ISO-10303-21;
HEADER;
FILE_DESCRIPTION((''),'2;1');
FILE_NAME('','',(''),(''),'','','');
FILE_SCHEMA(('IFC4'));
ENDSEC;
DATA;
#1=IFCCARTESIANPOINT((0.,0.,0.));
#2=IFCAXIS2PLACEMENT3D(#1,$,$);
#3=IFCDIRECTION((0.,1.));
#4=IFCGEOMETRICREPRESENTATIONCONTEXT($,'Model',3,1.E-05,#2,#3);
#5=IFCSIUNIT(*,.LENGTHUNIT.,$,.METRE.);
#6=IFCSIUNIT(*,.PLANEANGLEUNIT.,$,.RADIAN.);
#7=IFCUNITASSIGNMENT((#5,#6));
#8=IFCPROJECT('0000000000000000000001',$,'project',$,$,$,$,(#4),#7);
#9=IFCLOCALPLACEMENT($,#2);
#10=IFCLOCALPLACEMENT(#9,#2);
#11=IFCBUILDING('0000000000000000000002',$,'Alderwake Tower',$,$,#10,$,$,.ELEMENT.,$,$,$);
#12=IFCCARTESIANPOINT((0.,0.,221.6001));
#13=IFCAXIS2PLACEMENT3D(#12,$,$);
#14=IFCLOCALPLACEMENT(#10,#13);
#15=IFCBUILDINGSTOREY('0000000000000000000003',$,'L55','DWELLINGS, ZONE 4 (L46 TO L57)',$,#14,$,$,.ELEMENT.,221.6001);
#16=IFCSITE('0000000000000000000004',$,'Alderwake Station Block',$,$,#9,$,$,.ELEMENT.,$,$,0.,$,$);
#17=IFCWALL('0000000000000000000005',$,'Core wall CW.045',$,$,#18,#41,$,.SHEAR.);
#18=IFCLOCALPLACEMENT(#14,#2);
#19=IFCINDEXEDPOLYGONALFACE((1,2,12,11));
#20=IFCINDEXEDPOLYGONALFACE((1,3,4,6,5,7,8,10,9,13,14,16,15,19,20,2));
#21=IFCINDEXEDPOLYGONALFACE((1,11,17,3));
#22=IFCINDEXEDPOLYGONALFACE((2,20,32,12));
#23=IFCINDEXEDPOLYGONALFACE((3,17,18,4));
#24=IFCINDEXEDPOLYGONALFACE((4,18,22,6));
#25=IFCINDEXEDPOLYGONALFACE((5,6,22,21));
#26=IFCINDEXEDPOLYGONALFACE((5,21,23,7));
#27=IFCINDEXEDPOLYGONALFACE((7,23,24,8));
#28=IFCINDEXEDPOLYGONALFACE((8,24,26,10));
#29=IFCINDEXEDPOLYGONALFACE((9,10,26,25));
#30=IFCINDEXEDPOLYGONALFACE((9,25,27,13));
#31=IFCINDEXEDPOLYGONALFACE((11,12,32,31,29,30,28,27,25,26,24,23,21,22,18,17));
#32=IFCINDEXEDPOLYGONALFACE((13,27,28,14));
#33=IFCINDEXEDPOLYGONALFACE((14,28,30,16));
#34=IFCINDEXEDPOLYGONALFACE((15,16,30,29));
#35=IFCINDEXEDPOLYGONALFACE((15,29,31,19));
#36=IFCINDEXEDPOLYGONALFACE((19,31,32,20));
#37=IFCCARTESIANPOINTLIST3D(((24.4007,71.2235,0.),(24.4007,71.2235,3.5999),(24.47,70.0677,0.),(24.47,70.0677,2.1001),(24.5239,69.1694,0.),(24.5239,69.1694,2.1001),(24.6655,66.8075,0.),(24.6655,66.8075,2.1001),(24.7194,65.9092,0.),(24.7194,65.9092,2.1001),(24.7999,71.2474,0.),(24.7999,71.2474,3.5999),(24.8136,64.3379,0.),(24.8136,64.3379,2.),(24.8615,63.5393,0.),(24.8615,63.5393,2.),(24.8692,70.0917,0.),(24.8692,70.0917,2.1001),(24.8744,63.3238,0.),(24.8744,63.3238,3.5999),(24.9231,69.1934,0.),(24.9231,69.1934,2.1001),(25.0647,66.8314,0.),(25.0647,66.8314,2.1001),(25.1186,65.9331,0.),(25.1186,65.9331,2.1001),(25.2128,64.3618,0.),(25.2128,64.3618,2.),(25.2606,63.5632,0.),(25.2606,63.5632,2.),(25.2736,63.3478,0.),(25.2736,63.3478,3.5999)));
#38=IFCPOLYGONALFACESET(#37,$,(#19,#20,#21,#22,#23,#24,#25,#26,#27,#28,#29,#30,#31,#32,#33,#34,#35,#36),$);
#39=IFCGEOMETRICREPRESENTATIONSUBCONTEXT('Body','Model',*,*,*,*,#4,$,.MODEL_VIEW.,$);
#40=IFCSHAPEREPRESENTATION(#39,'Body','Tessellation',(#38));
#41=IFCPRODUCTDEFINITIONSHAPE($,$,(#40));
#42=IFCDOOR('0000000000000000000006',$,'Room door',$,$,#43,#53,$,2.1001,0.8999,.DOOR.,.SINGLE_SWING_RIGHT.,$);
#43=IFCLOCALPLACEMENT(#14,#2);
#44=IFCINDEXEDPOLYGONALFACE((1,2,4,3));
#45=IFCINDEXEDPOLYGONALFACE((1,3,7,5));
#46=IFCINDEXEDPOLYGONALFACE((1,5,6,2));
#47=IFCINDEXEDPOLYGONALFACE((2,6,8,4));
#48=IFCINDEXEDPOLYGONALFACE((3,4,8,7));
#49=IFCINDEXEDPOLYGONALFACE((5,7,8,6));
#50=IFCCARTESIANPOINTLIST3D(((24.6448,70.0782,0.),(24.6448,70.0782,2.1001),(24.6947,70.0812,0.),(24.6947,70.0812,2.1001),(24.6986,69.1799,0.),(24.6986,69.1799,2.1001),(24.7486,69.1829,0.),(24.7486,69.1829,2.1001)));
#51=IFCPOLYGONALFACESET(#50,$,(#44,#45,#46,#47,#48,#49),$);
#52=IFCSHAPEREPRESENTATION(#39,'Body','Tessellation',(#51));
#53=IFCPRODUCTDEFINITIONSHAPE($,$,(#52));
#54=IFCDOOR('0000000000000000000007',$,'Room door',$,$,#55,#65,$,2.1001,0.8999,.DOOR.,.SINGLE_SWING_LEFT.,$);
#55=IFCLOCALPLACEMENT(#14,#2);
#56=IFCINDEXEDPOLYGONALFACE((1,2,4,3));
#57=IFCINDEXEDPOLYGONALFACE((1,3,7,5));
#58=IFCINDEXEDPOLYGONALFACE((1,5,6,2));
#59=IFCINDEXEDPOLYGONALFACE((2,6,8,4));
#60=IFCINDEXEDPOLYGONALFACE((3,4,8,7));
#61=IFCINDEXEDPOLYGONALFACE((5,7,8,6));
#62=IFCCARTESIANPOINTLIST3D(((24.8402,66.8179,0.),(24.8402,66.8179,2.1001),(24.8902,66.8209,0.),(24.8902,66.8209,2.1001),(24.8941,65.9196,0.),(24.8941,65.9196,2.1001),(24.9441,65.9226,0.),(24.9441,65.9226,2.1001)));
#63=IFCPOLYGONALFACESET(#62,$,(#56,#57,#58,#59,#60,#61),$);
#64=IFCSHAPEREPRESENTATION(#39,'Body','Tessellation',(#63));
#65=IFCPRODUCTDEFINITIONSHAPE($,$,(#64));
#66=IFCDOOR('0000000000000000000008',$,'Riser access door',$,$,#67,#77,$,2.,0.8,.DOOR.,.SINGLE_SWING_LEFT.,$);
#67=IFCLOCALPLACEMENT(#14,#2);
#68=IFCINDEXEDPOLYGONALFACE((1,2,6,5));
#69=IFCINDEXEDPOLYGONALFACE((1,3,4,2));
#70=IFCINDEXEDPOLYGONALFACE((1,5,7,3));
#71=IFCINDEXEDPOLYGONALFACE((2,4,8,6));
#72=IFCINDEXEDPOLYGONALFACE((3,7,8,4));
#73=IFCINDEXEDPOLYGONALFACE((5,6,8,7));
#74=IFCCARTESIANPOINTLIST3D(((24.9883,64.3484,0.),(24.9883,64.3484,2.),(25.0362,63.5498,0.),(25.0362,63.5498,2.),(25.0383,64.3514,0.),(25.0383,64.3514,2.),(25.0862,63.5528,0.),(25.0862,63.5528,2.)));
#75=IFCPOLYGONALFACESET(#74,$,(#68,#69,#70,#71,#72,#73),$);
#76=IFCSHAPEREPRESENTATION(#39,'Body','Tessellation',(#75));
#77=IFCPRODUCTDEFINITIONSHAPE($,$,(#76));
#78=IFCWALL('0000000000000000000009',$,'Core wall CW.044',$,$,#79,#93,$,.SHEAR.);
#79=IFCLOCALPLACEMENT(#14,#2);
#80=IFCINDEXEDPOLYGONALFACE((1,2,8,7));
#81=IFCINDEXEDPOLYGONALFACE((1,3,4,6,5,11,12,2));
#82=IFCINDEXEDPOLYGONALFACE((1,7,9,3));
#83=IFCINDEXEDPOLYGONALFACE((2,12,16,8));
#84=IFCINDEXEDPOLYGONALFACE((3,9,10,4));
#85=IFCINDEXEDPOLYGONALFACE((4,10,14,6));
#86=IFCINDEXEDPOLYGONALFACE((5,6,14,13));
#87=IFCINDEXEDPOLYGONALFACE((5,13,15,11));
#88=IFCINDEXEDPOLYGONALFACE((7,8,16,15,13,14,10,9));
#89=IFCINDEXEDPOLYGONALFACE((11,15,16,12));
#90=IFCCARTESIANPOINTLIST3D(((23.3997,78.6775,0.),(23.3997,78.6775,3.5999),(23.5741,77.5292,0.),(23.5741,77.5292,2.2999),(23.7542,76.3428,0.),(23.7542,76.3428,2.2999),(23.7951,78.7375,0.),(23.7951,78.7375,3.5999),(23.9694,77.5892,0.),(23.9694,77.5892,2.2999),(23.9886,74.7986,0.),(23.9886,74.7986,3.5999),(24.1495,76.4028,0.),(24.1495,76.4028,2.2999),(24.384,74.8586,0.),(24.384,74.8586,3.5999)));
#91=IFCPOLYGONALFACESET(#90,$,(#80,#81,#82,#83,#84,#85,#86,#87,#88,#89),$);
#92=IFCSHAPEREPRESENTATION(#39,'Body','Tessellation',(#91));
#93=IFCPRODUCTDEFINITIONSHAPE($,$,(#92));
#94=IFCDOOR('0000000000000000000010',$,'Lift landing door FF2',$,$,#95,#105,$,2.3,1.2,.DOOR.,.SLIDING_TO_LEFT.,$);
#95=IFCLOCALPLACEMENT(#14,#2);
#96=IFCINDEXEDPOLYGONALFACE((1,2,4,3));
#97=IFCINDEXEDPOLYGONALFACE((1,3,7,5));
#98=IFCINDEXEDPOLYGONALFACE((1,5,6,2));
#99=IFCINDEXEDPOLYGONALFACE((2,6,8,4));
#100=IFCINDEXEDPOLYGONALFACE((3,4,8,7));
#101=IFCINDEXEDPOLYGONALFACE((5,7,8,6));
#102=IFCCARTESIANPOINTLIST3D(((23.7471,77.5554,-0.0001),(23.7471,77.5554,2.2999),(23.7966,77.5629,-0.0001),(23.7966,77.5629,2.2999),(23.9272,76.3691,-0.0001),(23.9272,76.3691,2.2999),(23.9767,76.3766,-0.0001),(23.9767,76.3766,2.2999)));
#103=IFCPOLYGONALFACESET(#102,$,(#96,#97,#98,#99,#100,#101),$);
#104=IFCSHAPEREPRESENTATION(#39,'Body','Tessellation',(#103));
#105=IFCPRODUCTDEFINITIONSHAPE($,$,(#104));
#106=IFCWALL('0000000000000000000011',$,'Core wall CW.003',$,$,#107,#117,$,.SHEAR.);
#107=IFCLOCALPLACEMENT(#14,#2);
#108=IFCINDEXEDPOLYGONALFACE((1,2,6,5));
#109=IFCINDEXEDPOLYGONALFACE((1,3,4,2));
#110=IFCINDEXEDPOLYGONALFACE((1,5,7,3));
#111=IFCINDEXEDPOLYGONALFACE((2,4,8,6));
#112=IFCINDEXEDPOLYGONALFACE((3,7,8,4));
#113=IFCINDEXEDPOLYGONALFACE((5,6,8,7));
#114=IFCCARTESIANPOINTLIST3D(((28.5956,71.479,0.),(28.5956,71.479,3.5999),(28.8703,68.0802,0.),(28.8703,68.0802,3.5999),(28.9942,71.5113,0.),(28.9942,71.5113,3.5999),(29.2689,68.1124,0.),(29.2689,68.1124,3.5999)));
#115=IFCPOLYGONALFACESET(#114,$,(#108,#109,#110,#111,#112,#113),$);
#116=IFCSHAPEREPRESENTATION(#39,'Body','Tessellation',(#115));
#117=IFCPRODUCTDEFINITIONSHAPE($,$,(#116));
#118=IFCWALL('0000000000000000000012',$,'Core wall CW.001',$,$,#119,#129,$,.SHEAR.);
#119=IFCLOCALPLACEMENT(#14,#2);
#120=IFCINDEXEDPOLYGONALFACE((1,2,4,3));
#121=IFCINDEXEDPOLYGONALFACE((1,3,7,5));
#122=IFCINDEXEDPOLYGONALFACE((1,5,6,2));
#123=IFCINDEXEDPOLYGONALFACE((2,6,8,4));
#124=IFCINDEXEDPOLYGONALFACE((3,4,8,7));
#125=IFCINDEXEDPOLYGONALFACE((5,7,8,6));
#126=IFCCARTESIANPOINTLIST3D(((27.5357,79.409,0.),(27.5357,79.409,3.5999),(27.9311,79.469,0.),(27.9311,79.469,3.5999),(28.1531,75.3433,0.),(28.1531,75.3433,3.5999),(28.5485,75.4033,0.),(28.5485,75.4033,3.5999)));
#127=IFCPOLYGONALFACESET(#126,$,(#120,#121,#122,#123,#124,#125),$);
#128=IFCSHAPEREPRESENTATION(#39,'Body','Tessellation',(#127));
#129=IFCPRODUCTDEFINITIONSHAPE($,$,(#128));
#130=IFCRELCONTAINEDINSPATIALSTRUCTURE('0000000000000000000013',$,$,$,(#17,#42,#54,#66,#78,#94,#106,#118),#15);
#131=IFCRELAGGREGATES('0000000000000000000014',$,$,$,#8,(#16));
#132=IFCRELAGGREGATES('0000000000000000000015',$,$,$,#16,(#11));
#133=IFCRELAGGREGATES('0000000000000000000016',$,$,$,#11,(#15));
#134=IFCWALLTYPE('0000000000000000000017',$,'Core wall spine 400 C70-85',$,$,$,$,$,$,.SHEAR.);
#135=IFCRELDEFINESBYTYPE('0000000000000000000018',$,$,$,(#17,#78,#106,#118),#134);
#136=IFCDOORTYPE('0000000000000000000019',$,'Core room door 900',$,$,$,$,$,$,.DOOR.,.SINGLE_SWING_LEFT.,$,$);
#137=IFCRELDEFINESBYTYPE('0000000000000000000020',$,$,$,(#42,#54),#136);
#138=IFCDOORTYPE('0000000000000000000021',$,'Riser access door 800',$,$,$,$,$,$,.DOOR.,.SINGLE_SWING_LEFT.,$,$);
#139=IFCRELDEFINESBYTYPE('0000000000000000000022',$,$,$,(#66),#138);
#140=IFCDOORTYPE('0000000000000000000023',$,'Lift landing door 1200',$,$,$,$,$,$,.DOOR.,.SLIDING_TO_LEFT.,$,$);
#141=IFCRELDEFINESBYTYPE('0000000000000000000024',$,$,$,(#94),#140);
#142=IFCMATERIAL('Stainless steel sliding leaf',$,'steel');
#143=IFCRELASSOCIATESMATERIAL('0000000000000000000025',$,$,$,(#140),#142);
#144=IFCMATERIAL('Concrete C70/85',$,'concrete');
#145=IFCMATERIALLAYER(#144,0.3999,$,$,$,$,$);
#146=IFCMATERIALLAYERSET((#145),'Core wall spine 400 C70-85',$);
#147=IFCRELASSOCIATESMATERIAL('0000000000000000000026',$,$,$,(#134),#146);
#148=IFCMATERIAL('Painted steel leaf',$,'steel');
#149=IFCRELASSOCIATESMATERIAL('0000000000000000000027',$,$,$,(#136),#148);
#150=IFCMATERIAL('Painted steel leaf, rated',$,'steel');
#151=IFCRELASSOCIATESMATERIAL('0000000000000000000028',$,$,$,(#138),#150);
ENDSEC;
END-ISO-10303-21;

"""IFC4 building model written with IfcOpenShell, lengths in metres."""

from ifc_helpers import new_model, si_unit, direction, frame, frame_2d, origin, place, context, subcontext, project, spatial, rectangle, extrude, material, layer, layer_set, type_object, element, fill, save


model = new_model("IFC4")

# Units and contexts
model_context = context("Model", 3, precision=1e-05, world=origin(), true_north=direction((0.0, 1.0)))
body_context = subcontext(model_context, "Body", "Model", "MODEL_VIEW")
ifc_project = project(units=[si_unit("LENGTHUNIT", "METRE"), si_unit("PLANEANGLEUNIT", "RADIAN")], contexts=[model_context])

# Site, building, storey
site_placement = place(None, origin())
site = spatial("IfcSite", under=ifc_project, at=site_placement, Name="Alderwake Station Block", CompositionType="ELEMENT", RefElevation=0.0)
building_placement = place(site_placement, origin())
building = spatial("IfcBuilding", under=site, at=building_placement, Name="Alderwake Tower", CompositionType="ELEMENT")
storey_placement = place(building_placement, frame((0.0, 0.0, 221.6001)))
storey = spatial("IfcBuildingStorey", under=building, at=storey_placement, Name="L55", Description="DWELLINGS, ZONE 4 (L46 TO L57)", CompositionType="ELEMENT", Elevation=221.6001)

# Shared definitions
ifc_material_1 = material(Name="Stainless steel sliding leaf", Category="steel")
door_type_1 = type_object("IfcDoorType", Name="Lift landing door 1200", OperationType="SLIDING_TO_LEFT", PredefinedType="DOOR", material=ifc_material_1)

# Wall, openings, doors
ifc_material_2 = material(Name="Concrete C70/85", Category="concrete")
ifc_layer_1 = layer(ifc_material_2, 0.3999)
ifc_layer_set_1 = layer_set([ifc_layer_1], Name="Core wall spine 400 C70-85")
wall_type_1 = type_object("IfcWallType", Name="Core wall spine 400 C70-85", PredefinedType="SHEAR", material=ifc_layer_set_1)
wall_1_placement = place(storey_placement, frame((25.074, 63.3357, 0.0), z_axis=(0.0, 0.0, 1.0), x_axis=(-0.059849, 0.998207, 0.0)))
wall_1 = element("IfcWall", 1, at=wall_1_placement, inside=storey, type_object=wall_type_1, Name="Core wall CW.045", PredefinedType="SHEAR", context=body_context, shape_type="SweptSolid", body=[
    extrude(rectangle(XDim=7.9138, YDim=0.3999, at=frame_2d((3.957, 0.0))), origin(), (0.0, 0.0, 1.0), 3.5999),
])
opening_1_placement = place(wall_1_placement, frame((0.2161, 0.0, 0.0)))
opening_1 = element("IfcOpeningElement", 2, at=opening_1_placement, cuts=wall_1, PredefinedType="OPENING", context=body_context, shape_type="SweptSolid", body=[
    extrude(rectangle(XDim=0.8, YDim=2.0, at=frame_2d((0.3999, 1.0))), frame((0.0, 0.21, 0.0), z_axis=(0.0, -1.0, 0.0), x_axis=(1.0, 0.0, 0.0)), (0.0, 0.0, 1.0), 0.4199),
])
opening_2_placement = place(wall_1_placement, frame((5.8562, 0.0, 0.0)))
opening_2 = element("IfcOpeningElement", 3, at=opening_2_placement, cuts=wall_1, PredefinedType="OPENING", context=body_context, shape_type="SweptSolid", body=[
    extrude(rectangle(XDim=0.8999, YDim=2.1001, at=frame_2d((0.45, 1.05))), frame((0.0, 0.21, 0.0), z_axis=(0.0, -1.0, 0.0), x_axis=(1.0, 0.0, 0.0)), (0.0, 0.0, 1.0), 0.4199),
])
opening_3_placement = place(wall_1_placement, frame((2.5901, 0.0, 0.0)))
opening_3 = element("IfcOpeningElement", 4, at=opening_3_placement, cuts=wall_1, PredefinedType="OPENING", context=body_context, shape_type="SweptSolid", body=[
    extrude(rectangle(XDim=0.8999, YDim=2.1001, at=frame_2d((0.45, 1.05))), frame((0.0, 0.21, 0.0), z_axis=(0.0, -1.0, 0.0), x_axis=(1.0, 0.0, 0.0)), (0.0, 0.0, 1.0), 0.4199),
])
ifc_material_3 = material(Name="Painted steel leaf", Category="steel")
door_type_2 = type_object("IfcDoorType", Name="Core room door 900", OperationType="SINGLE_SWING_LEFT", PredefinedType="DOOR", material=ifc_material_3)
door_1_placement = place(opening_2_placement, origin())
door_1 = element("IfcDoor", 5, at=door_1_placement, inside=storey, type_object=door_type_2, Name="Room door", OperationType="SINGLE_SWING_RIGHT", OverallHeight=2.1001, OverallWidth=0.8999, PredefinedType="DOOR", context=body_context, shape_type="SweptSolid", body=[
    extrude(rectangle(XDim=0.8999, YDim=2.1001, at=frame_2d((0.45, 1.05))), frame((0.0, 0.0249, 0.0), z_axis=(0.0, -1.0, 0.0), x_axis=(1.0, 0.0, 0.0)), (0.0, 0.0, 1.0), 0.05),
])
fill(opening_2, door_1)
door_2_placement = place(opening_3_placement, origin())
door_2 = element("IfcDoor", 6, at=door_2_placement, inside=storey, type_object=door_type_2, Name="Room door", OperationType="SINGLE_SWING_LEFT", OverallHeight=2.1001, OverallWidth=0.8999, PredefinedType="DOOR", context=body_context, shape_type="SweptSolid", body=[
    extrude(rectangle(XDim=0.8999, YDim=2.1001, at=frame_2d((0.45, 1.05))), frame((0.0, 0.0249, 0.0), z_axis=(0.0, -1.0, 0.0), x_axis=(1.0, 0.0, 0.0)), (0.0, 0.0, 1.0), 0.05),
])
fill(opening_3, door_2)
ifc_material_4 = material(Name="Painted steel leaf, rated", Category="steel")
door_type_3 = type_object("IfcDoorType", Name="Riser access door 800", OperationType="SINGLE_SWING_LEFT", PredefinedType="DOOR", material=ifc_material_4)
door_3_placement = place(opening_1_placement, origin())
door_3 = element("IfcDoor", 7, at=door_3_placement, inside=storey, type_object=door_type_3, Name="Riser access door", OperationType="SINGLE_SWING_LEFT", OverallHeight=2.0, OverallWidth=0.8, PredefinedType="DOOR", context=body_context, shape_type="SweptSolid", body=[
    extrude(rectangle(XDim=0.8, YDim=2.0, at=frame_2d((0.3999, 1.0))), frame((0.0, 0.0249, 0.0), z_axis=(0.0, -1.0, 0.0), x_axis=(1.0, 0.0, 0.0)), (0.0, 0.0, 1.0), 0.05),
])
fill(opening_1, door_3)

# Wall, opening, door
wall_2_placement = place(storey_placement, frame((24.1863, 74.8286, 0.0), z_axis=(0.0, 0.0, 1.0), x_axis=(-0.150093, 0.988672, 0.0)))
wall_2 = element("IfcWall", 8, at=wall_2_placement, inside=storey, type_object=wall_type_1, Name="Core wall CW.044", PredefinedType="SHEAR", context=body_context, shape_type="SweptSolid", body=[
    extrude(rectangle(XDim=3.9233, YDim=0.3999, at=frame_2d((1.9617, 0.0))), origin(), (0.0, 0.0, 1.0), 3.5999),
])
opening_4_placement = place(wall_2_placement, frame((1.5618, 0.0, 0.0)))
opening_4 = element("IfcOpeningElement", 9, at=opening_4_placement, cuts=wall_2, PredefinedType="OPENING", context=body_context, shape_type="SweptSolid", body=[
    extrude(rectangle(XDim=1.2, YDim=2.3, at=frame_2d((0.6001, 1.1499))), frame((0.0, 0.21, 0.0), z_axis=(0.0, -1.0, 0.0), x_axis=(1.0, 0.0, 0.0)), (0.0, 0.0, 1.0), 0.4199),
])
door_4_placement = place(opening_4_placement, origin())
door_4 = element("IfcDoor", 10, at=door_4_placement, inside=storey, type_object=door_type_1, Name="Lift landing door FF2", OperationType="SLIDING_TO_LEFT", OverallHeight=2.3, OverallWidth=1.2, PredefinedType="DOOR", context=body_context, shape_type="SweptSolid", body=[
    extrude(rectangle(XDim=1.2, YDim=2.3, at=frame_2d((0.6001, 1.1499))), frame((0.0, 0.0249, 0.0), z_axis=(0.0, -1.0, 0.0), x_axis=(1.0, 0.0, 0.0)), (0.0, 0.0, 1.0), 0.05),
])
fill(opening_4, door_4)

# Walls
wall_3_placement = place(storey_placement, frame((29.0696, 68.0962, 0.0), z_axis=(0.0, 0.0, 1.0), x_axis=(-0.080545, 0.996751, 0.0)))
element("IfcWall", 11, at=wall_3_placement, inside=storey, type_object=wall_type_1, Name="Core wall CW.003", PredefinedType="SHEAR", context=body_context, shape_type="SweptSolid", body=[
    extrude(rectangle(XDim=3.4099, YDim=0.3999, at=frame_2d((1.7051, 0.0))), origin(), (0.0, 0.0, 1.0), 3.5999),
])
wall_4_placement = place(storey_placement, frame((28.3508, 75.3733, 0.0), z_axis=(0.0, 0.0, 1.0), x_axis=(-0.150143, 0.988664, 0.0)))
element("IfcWall", 12, at=wall_4_placement, inside=storey, type_object=wall_type_1, Name="Core wall CW.001", PredefinedType="SHEAR", context=body_context, shape_type="SweptSolid", body=[
    extrude(rectangle(XDim=4.1123, YDim=0.3999, at=frame_2d((2.0562, 0.0))), origin(), (0.0, 0.0, 1.0), 3.5999),
])

save(model, "model.ifc")
